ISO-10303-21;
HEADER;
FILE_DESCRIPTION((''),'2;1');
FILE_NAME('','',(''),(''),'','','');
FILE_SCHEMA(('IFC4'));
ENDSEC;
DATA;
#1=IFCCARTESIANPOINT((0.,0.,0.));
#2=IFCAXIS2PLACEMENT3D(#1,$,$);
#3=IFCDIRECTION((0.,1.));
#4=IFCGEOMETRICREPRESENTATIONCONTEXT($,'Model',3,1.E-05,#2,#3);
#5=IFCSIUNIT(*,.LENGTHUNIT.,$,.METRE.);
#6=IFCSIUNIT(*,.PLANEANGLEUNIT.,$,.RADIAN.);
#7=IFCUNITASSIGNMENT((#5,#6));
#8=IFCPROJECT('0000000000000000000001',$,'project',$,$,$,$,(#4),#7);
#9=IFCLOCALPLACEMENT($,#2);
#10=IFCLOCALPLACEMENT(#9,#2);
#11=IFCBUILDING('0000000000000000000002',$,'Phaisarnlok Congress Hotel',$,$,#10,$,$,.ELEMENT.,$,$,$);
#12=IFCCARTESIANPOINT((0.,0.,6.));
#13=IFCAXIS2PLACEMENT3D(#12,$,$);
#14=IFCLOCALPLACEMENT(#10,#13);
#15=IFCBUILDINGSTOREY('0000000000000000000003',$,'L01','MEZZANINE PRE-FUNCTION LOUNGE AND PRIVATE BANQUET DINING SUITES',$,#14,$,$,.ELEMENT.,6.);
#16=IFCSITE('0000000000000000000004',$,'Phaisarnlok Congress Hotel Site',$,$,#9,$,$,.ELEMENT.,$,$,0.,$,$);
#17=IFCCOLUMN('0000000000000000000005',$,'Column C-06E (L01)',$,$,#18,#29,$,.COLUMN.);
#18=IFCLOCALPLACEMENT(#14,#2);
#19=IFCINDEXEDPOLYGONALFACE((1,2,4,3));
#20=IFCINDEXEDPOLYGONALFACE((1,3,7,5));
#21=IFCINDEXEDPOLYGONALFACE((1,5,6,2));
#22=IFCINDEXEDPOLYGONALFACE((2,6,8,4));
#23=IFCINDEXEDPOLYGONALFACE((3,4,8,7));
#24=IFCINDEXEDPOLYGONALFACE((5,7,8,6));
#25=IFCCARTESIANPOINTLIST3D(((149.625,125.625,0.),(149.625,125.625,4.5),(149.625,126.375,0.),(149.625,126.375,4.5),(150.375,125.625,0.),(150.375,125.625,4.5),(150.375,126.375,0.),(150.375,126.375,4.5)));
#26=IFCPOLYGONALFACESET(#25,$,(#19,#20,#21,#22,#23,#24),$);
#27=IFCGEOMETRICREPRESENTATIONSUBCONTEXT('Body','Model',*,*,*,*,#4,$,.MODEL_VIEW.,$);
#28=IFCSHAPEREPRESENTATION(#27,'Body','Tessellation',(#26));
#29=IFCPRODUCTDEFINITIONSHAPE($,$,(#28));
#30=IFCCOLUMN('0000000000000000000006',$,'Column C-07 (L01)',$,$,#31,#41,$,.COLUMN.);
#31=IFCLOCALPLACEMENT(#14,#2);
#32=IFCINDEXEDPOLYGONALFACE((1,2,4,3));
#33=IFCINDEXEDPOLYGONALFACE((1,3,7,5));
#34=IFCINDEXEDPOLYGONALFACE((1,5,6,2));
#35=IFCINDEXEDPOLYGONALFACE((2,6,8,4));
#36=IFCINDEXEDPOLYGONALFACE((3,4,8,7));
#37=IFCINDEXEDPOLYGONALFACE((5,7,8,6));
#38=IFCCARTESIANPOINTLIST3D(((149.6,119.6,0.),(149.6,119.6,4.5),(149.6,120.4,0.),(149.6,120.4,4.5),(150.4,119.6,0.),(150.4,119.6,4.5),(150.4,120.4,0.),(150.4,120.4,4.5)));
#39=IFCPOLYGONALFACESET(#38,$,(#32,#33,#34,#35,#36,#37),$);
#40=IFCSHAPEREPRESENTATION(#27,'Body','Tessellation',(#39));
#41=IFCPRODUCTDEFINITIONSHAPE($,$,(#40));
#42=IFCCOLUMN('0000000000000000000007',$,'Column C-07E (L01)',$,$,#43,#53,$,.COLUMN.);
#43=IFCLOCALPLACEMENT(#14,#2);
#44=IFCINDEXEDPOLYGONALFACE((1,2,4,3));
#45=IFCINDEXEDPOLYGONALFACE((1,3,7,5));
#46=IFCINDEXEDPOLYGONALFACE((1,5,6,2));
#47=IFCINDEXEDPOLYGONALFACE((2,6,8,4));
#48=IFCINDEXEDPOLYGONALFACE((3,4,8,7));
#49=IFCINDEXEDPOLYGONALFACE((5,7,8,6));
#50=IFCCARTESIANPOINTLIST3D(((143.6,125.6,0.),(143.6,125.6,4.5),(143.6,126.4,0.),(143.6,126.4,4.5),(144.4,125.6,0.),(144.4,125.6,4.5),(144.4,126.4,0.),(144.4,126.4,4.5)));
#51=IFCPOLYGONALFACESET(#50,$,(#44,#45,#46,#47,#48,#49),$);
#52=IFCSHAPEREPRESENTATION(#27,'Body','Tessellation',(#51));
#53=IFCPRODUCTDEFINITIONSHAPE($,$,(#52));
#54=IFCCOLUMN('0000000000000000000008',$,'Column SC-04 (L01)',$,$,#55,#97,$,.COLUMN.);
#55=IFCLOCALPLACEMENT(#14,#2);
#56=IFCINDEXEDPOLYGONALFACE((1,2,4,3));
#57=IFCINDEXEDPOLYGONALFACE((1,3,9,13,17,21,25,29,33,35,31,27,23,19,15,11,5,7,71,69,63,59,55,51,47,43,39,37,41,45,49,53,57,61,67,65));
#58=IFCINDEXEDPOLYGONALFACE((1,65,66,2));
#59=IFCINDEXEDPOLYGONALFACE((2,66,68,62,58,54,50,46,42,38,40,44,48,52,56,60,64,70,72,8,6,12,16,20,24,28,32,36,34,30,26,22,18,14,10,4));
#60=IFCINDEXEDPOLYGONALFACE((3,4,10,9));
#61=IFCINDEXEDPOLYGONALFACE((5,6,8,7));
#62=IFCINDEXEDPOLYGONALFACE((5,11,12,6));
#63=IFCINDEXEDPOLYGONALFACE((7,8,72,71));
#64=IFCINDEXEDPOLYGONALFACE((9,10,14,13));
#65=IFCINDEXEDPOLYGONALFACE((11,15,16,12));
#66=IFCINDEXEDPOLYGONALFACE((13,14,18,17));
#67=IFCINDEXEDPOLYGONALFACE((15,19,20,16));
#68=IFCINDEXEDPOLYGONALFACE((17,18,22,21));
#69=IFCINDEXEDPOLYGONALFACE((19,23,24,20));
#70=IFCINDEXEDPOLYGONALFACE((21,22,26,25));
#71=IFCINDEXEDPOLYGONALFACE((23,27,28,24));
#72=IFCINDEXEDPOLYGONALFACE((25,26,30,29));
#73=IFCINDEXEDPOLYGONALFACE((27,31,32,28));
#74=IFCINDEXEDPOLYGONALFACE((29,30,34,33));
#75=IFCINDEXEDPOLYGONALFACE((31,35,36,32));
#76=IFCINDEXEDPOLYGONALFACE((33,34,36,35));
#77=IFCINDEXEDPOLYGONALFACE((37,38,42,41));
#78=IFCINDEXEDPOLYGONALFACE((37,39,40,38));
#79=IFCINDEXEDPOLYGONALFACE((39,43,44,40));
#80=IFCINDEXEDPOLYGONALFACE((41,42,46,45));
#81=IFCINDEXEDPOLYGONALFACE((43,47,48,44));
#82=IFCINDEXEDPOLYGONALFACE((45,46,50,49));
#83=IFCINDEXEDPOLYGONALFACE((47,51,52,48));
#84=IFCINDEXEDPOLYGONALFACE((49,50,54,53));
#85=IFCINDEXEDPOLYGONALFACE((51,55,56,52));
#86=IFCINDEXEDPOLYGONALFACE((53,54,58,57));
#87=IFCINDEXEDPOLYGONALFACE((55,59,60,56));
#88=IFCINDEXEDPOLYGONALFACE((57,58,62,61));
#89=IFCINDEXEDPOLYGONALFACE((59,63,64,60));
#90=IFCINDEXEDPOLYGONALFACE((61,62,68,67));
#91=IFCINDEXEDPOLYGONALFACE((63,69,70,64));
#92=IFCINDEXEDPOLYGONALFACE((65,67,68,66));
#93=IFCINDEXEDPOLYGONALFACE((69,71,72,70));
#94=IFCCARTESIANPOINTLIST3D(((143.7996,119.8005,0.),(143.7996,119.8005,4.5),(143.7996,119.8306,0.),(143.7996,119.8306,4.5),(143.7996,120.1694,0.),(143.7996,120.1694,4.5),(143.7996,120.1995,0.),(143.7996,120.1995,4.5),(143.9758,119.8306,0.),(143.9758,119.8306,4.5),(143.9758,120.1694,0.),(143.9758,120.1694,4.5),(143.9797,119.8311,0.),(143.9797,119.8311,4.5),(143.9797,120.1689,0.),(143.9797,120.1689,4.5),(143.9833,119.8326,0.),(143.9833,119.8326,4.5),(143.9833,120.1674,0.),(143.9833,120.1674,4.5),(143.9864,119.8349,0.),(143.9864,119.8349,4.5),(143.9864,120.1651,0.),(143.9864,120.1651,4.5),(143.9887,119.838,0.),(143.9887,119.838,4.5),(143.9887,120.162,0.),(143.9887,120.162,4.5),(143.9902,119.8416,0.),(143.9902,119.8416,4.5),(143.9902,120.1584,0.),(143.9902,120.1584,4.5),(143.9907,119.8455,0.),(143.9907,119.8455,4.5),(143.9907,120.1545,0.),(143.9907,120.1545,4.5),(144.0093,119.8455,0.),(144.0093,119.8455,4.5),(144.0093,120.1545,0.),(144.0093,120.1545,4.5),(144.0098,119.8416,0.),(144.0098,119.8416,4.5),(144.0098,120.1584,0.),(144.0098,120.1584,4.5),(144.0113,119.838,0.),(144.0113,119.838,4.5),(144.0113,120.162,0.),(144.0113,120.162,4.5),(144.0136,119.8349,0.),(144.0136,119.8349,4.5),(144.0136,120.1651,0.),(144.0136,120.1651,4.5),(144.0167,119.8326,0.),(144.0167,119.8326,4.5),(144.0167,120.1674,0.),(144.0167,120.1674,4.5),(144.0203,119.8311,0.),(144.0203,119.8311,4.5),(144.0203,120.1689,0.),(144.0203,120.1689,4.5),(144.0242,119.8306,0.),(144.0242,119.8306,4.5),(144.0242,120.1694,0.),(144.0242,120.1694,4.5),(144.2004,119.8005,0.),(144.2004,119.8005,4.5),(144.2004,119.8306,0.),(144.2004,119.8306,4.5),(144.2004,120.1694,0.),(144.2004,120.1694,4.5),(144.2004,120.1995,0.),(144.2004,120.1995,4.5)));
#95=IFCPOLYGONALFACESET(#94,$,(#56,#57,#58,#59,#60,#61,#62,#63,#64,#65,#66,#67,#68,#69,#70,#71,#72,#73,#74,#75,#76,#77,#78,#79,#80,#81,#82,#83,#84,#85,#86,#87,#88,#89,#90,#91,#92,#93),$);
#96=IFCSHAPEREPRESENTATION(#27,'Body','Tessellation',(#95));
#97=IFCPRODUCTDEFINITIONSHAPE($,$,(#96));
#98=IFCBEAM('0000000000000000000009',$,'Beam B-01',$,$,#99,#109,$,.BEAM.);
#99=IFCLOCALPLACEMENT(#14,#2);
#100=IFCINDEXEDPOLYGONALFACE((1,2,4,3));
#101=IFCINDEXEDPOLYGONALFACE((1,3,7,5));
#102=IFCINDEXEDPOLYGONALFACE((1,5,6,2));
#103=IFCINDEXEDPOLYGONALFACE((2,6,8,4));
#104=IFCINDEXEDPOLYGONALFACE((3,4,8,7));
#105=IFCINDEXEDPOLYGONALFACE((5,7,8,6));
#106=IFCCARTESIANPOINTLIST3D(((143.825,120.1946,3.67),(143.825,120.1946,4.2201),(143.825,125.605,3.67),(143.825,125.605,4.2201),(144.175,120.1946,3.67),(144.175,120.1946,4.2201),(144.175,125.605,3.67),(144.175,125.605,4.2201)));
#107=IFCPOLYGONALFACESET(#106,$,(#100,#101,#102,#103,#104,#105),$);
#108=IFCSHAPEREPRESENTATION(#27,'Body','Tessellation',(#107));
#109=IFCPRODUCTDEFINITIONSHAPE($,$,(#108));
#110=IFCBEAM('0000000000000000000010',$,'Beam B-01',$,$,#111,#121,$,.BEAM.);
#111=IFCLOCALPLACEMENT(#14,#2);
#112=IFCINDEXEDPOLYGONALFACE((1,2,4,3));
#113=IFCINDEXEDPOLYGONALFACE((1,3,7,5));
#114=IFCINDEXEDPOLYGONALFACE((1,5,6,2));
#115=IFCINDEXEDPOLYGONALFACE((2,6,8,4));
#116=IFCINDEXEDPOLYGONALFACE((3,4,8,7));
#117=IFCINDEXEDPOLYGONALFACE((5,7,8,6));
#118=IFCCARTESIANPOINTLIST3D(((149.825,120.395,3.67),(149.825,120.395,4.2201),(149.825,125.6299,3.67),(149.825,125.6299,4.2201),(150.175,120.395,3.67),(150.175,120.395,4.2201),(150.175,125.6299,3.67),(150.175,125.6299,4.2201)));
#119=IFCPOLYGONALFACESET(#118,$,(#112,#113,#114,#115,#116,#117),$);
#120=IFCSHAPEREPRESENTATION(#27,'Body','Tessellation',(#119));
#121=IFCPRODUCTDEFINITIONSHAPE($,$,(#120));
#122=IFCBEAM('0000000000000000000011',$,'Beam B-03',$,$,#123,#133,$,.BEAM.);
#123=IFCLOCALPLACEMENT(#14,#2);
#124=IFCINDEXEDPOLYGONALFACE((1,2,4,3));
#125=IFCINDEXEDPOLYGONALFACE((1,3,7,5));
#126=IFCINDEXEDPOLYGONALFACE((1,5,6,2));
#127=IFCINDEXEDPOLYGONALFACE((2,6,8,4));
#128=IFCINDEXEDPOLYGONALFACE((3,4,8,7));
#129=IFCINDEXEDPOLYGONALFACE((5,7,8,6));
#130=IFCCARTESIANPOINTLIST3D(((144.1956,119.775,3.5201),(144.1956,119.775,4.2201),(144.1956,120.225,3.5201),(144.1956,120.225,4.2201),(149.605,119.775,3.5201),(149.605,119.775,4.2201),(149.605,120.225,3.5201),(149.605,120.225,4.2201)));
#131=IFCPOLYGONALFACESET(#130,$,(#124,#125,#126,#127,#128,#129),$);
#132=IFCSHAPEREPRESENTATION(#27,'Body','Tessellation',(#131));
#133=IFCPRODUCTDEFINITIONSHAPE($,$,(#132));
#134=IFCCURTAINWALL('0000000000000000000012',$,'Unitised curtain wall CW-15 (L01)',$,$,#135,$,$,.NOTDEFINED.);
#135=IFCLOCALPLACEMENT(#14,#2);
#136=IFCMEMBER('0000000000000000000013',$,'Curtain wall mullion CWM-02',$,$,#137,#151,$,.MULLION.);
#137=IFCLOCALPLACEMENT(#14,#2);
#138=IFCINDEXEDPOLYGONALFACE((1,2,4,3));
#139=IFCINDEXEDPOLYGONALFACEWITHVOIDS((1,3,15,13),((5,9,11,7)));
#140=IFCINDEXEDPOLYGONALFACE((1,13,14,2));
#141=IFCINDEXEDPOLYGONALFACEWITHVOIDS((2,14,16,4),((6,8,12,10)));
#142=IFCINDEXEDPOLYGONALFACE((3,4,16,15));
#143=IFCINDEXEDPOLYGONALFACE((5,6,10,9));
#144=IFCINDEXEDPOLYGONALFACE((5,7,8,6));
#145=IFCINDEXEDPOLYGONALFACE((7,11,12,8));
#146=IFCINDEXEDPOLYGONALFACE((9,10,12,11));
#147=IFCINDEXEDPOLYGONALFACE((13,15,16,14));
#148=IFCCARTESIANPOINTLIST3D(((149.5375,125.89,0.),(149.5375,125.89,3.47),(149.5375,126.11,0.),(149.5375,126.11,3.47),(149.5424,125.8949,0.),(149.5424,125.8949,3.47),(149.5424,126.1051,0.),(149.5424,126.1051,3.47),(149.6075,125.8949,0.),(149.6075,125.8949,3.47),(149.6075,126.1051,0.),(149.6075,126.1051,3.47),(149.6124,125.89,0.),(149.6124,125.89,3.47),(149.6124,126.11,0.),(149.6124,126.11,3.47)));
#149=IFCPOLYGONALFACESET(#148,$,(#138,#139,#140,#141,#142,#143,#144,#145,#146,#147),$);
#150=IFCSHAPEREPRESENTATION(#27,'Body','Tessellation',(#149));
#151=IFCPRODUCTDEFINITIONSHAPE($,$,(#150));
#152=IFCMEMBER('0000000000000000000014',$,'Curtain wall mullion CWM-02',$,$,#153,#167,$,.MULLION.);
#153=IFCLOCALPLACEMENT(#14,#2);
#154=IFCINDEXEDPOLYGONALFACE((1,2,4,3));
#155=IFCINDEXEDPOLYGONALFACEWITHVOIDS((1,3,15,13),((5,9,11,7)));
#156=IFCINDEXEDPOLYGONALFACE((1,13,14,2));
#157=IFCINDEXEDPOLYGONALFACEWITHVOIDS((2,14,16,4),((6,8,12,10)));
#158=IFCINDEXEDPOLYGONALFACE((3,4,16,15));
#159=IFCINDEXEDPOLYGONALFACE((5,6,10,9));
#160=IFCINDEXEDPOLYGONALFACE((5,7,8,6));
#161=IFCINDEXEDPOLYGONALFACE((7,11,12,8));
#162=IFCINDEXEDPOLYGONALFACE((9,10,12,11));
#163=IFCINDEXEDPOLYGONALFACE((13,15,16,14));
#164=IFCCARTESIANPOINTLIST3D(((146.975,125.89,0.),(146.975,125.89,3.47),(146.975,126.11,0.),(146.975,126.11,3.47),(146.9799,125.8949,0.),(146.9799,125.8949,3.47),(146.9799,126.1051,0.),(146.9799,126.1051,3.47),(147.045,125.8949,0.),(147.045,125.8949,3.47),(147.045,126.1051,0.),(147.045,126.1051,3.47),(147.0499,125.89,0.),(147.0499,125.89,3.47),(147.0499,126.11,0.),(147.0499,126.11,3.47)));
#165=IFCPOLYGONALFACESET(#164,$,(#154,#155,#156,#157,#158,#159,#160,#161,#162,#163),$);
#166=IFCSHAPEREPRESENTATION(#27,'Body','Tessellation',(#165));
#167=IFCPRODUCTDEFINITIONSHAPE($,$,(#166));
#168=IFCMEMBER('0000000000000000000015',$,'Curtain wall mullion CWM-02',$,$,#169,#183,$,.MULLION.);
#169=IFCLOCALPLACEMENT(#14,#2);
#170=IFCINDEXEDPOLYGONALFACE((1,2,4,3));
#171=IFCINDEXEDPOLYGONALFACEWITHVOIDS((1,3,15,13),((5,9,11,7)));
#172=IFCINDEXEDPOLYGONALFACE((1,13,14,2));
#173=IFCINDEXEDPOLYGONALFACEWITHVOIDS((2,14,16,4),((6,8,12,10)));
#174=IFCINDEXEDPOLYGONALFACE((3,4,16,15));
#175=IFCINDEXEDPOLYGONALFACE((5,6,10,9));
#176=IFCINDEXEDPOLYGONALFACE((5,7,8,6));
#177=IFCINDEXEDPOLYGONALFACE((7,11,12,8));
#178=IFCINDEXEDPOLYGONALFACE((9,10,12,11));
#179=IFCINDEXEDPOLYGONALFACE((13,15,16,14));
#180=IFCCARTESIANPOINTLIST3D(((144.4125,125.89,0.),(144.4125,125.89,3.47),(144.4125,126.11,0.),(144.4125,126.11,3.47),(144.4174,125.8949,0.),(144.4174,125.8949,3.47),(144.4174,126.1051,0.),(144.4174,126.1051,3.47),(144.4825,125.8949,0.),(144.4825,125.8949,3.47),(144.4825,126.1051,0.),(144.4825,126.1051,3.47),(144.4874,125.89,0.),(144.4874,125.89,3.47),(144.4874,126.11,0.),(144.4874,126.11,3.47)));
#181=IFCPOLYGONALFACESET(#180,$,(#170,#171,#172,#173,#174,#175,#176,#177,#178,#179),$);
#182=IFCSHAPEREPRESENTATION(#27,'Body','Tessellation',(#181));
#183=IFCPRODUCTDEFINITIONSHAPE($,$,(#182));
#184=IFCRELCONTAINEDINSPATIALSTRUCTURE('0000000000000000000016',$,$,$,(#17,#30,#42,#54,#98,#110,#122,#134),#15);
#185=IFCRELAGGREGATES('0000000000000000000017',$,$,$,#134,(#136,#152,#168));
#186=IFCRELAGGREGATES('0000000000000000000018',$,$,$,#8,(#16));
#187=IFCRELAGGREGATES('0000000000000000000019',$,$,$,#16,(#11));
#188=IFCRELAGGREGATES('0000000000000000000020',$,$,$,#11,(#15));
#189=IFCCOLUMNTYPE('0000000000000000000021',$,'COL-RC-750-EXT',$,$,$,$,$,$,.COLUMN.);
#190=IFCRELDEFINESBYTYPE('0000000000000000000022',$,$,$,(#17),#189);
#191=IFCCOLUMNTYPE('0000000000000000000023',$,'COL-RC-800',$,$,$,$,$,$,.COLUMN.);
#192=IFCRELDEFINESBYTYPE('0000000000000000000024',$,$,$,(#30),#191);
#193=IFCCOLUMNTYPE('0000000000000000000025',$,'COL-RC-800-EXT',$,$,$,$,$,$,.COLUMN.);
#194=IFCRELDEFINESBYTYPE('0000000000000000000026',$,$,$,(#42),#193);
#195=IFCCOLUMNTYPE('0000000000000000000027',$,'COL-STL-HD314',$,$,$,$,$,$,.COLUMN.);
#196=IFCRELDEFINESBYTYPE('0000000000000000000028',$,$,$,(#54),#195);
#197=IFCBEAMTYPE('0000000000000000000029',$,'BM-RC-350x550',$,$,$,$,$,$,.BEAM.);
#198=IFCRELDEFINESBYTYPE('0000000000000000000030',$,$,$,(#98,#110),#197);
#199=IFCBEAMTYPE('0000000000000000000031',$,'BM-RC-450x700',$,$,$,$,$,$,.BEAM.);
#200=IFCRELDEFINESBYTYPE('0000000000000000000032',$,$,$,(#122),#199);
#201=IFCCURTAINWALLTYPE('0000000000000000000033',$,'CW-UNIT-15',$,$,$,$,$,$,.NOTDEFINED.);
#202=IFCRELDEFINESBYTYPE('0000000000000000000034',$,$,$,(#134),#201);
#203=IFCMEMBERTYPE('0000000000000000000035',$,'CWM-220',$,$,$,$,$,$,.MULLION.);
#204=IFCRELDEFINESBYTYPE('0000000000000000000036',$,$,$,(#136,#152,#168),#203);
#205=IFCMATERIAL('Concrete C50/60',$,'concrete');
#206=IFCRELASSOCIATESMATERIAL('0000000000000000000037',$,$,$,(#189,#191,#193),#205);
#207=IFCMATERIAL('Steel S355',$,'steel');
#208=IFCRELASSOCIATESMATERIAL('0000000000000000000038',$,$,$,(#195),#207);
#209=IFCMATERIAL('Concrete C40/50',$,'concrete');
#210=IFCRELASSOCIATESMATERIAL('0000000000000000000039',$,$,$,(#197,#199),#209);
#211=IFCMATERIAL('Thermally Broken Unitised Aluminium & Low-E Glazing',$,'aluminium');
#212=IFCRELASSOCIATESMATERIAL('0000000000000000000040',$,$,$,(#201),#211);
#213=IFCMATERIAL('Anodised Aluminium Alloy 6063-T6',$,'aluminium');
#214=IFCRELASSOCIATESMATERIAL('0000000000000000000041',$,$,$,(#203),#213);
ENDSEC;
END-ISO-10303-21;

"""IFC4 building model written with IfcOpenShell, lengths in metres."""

from ifc_helpers import new_model, si_unit, direction, frame, origin, origin_2d, place, context, subcontext, project, spatial, rectangle, hollow_rectangle, i_section, extrude, material, material_profile, profile_set, type_object, element, aggregate, save


model = new_model("IFC4")

# Units and contexts
model_context = context("Model", 3, precision=1e-05, world=origin(), true_north=direction((0.0, 1.0)))
body_context = subcontext(model_context, "Body", "Model", "MODEL_VIEW")
ifc_project = project(units=[si_unit("LENGTHUNIT", "METRE"), si_unit("PLANEANGLEUNIT", "RADIAN")], contexts=[model_context])

# Site, building, storey
site_placement = place(None, origin())
site = spatial("IfcSite", under=ifc_project, at=site_placement, Name="Phaisarnlok Congress Hotel Site", CompositionType="ELEMENT", RefElevation=0.0)
building_placement = place(site_placement, origin())
building = spatial("IfcBuilding", under=site, at=building_placement, Name="Phaisarnlok Congress Hotel", CompositionType="ELEMENT")
storey_placement = place(building_placement, frame((0.0, 0.0, 6.0)))
storey = spatial("IfcBuildingStorey", under=building, at=storey_placement, Name="L01", Description="MEZZANINE PRE-FUNCTION LOUNGE AND PRIVATE BANQUET DINING SUITES", CompositionType="ELEMENT", Elevation=6.0)

# Columns
ifc_material_1 = material(Name="Concrete C50/60", Category="concrete")
ifc_material_profile_1 = material_profile(ifc_material_1, rectangle(XDim=0.75, YDim=0.75, at=origin_2d()), Name="RC 750x750")
ifc_profile_set_1 = profile_set([ifc_material_profile_1], Name="Concrete C50/60")
column_type_1 = type_object("IfcColumnType", Name="COL-RC-750-EXT", PredefinedType="COLUMN", material=ifc_profile_set_1)
column_1_placement = place(storey_placement, frame((150.0, 126.0, 0.0), z_axis=(0.0, 0.0, 1.0), x_axis=(1.0, 0.0, 0.0)))
element("IfcColumn", 1, at=column_1_placement, inside=storey, type_object=column_type_1, Name="Column C-06E (L01)", PredefinedType="COLUMN", context=body_context, shape_type="SweptSolid", body=[
    extrude(rectangle(XDim=0.75, YDim=0.75, at=origin_2d()), origin(), (0.0, 0.0, 1.0), 4.5),
])
ifc_material_profile_2 = material_profile(ifc_material_1, rectangle(XDim=0.8, YDim=0.8, at=origin_2d()), Name="RC 800x800")
ifc_profile_set_2 = profile_set([ifc_material_profile_2], Name="Concrete C50/60")
column_type_2 = type_object("IfcColumnType", Name="COL-RC-800", PredefinedType="COLUMN", material=ifc_profile_set_2)
column_2_placement = place(storey_placement, frame((150.0, 120.0, 0.0), z_axis=(0.0, 0.0, 1.0), x_axis=(1.0, 0.0, 0.0)))
element("IfcColumn", 2, at=column_2_placement, inside=storey, type_object=column_type_2, Name="Column C-07 (L01)", PredefinedType="COLUMN", context=body_context, shape_type="SweptSolid", body=[
    extrude(rectangle(XDim=0.8, YDim=0.8, at=origin_2d()), origin(), (0.0, 0.0, 1.0), 4.5),
])
ifc_material_profile_3 = material_profile(ifc_material_1, rectangle(XDim=0.8, YDim=0.8, at=origin_2d()), Name="RC 800x800")
ifc_profile_set_3 = profile_set([ifc_material_profile_3], Name="Concrete C50/60")
column_type_3 = type_object("IfcColumnType", Name="COL-RC-800-EXT", PredefinedType="COLUMN", material=ifc_profile_set_3)
column_3_placement = place(storey_placement, frame((144.0, 126.0, 0.0), z_axis=(0.0, 0.0, 1.0), x_axis=(1.0, 0.0, 0.0)))
element("IfcColumn", 3, at=column_3_placement, inside=storey, type_object=column_type_3, Name="Column C-07E (L01)", PredefinedType="COLUMN", context=body_context, shape_type="SweptSolid", body=[
    extrude(rectangle(XDim=0.8, YDim=0.8, at=origin_2d()), origin(), (0.0, 0.0, 1.0), 4.5),
])
ifc_material_2 = material(Name="Steel S355", Category="steel")
ifc_material_profile_4 = material_profile(ifc_material_2, i_section(OverallWidth=0.4009, OverallDepth=0.3989, WebThickness=0.0186, FlangeThickness=0.03, FilletRadius=0.0149, at=origin_2d()), Name="HD 400x314")
ifc_profile_set_4 = profile_set([ifc_material_profile_4], Name="Steel S355")
column_type_4 = type_object("IfcColumnType", Name="COL-STL-HD314", PredefinedType="COLUMN", material=ifc_profile_set_4)
column_4_placement = place(storey_placement, frame((144.0, 120.0, 0.0), z_axis=(0.0, 0.0, 1.0), x_axis=(1.0, 0.0, 0.0)))
element("IfcColumn", 4, at=column_4_placement, inside=storey, type_object=column_type_4, Name="Column SC-04 (L01)", PredefinedType="COLUMN", context=body_context, shape_type="SweptSolid", body=[
    extrude(i_section(OverallWidth=0.4009, OverallDepth=0.3989, WebThickness=0.0186, FlangeThickness=0.03, FilletRadius=0.0149, at=origin_2d()), origin(), (0.0, 0.0, 1.0), 4.5),
])

# Beams
ifc_material_3 = material(Name="Concrete C40/50", Category="concrete")
ifc_material_profile_5 = material_profile(ifc_material_3, rectangle(XDim=0.3501, YDim=0.55, at=origin_2d()), Name="RC 350x550")
ifc_profile_set_5 = profile_set([ifc_material_profile_5], Name="Concrete C40/50")
beam_type_1 = type_object("IfcBeamType", Name="BM-RC-350x550", PredefinedType="BEAM", material=ifc_profile_set_5)
beam_1_placement = place(storey_placement, frame((144.0, 120.1946, 3.9451), z_axis=(0.0, 1.0, 0.0), x_axis=(-1.0, 0.0, 0.0)))
element("IfcBeam", 5, at=beam_1_placement, inside=storey, type_object=beam_type_1, Name="Beam B-01", PredefinedType="BEAM", context=body_context, shape_type="SweptSolid", body=[
    extrude(rectangle(XDim=0.3501, YDim=0.55, at=origin_2d()), origin(), (0.0, 0.0, 1.0), 5.4104),
])
beam_2_placement = place(storey_placement, frame((150.0, 120.395, 3.9451), z_axis=(0.0, 1.0, 0.0), x_axis=(-1.0, 0.0, 0.0)))
element("IfcBeam", 6, at=beam_2_placement, inside=storey, type_object=beam_type_1, Name="Beam B-01", PredefinedType="BEAM", context=body_context, shape_type="SweptSolid", body=[
    extrude(rectangle(XDim=0.3501, YDim=0.55, at=origin_2d()), origin(), (0.0, 0.0, 1.0), 5.2349),
])
ifc_material_profile_6 = material_profile(ifc_material_3, rectangle(XDim=0.45, YDim=0.7, at=origin_2d()), Name="RC 450x700")
ifc_profile_set_6 = profile_set([ifc_material_profile_6], Name="Concrete C40/50")
beam_type_2 = type_object("IfcBeamType", Name="BM-RC-450x700", PredefinedType="BEAM", material=ifc_profile_set_6)
beam_3_placement = place(storey_placement, frame((144.1956, 120.0, 3.8701), z_axis=(1.0, 0.0, 0.0), x_axis=(0.0, 1.0, 0.0)))
element("IfcBeam", 7, at=beam_3_placement, inside=storey, type_object=beam_type_2, Name="Beam B-03", PredefinedType="BEAM", context=body_context, shape_type="SweptSolid", body=[
    extrude(rectangle(XDim=0.45, YDim=0.7, at=origin_2d()), origin(), (0.0, 0.0, 1.0), 5.4094),
])

# Curtain wall, members
ifc_material_4 = material(Name="Thermally Broken Unitised Aluminium & Low-E Glazing", Category="aluminium")
curtain_wall_type = type_object("IfcCurtainWallType", Name="CW-UNIT-15", PredefinedType="NOTDEFINED", material=ifc_material_4)
curtain_wall_placement = place(storey_placement, origin())
curtain_wall = element("IfcCurtainWall", 8, at=curtain_wall_placement, inside=storey, type_object=curtain_wall_type, Name="Unitised curtain wall CW-15 (L01)", PredefinedType="NOTDEFINED")
ifc_material_5 = material(Name="Anodised Aluminium Alloy 6063-T6", Category="aluminium")
ifc_material_profile_7 = material_profile(ifc_material_5, hollow_rectangle(XDim=0.075, YDim=0.22, WallThickness=0.0049, at=origin_2d()), Name="ALU-M 75x220x5")
ifc_profile_set_7 = profile_set([ifc_material_profile_7], Name="Anodised Aluminium Alloy 6063-T6")
member_type_1 = type_object("IfcMemberType", Name="CWM-220", PredefinedType="MULLION", material=ifc_profile_set_7)
member_1_placement = place(storey_placement, frame((149.575, 126.0, 0.0), z_axis=(0.0, 0.0, 1.0), x_axis=(-1.0, 0.0, 0.0)))
member_1 = element("IfcMember", 9, at=member_1_placement, type_object=member_type_1, Name="Curtain wall mullion CWM-02", PredefinedType="MULLION", context=body_context, shape_type="SweptSolid", body=[
    extrude(hollow_rectangle(XDim=0.075, YDim=0.22, WallThickness=0.0049, at=origin_2d()), origin(), (0.0, 0.0, 1.0), 3.47),
])
member_2_placement = place(storey_placement, frame((147.0125, 126.0, 0.0), z_axis=(0.0, 0.0, 1.0), x_axis=(-1.0, 0.0, 0.0)))
member_2 = element("IfcMember", 10, at=member_2_placement, type_object=member_type_1, Name="Curtain wall mullion CWM-02", PredefinedType="MULLION", context=body_context, shape_type="SweptSolid", body=[
    extrude(hollow_rectangle(XDim=0.075, YDim=0.22, WallThickness=0.0049, at=origin_2d()), origin(), (0.0, 0.0, 1.0), 3.47),
])
member_3_placement = place(storey_placement, frame((144.45, 126.0, 0.0), z_axis=(0.0, 0.0, 1.0), x_axis=(-1.0, 0.0, 0.0)))
member_3 = element("IfcMember", 11, at=member_3_placement, type_object=member_type_1, Name="Curtain wall mullion CWM-02", PredefinedType="MULLION", context=body_context, shape_type="SweptSolid", body=[
    extrude(hollow_rectangle(XDim=0.075, YDim=0.22, WallThickness=0.0049, at=origin_2d()), origin(), (0.0, 0.0, 1.0), 3.47),
])

aggregate(curtain_wall, [member_1, member_2, member_3])

save(model, "model.ifc")
